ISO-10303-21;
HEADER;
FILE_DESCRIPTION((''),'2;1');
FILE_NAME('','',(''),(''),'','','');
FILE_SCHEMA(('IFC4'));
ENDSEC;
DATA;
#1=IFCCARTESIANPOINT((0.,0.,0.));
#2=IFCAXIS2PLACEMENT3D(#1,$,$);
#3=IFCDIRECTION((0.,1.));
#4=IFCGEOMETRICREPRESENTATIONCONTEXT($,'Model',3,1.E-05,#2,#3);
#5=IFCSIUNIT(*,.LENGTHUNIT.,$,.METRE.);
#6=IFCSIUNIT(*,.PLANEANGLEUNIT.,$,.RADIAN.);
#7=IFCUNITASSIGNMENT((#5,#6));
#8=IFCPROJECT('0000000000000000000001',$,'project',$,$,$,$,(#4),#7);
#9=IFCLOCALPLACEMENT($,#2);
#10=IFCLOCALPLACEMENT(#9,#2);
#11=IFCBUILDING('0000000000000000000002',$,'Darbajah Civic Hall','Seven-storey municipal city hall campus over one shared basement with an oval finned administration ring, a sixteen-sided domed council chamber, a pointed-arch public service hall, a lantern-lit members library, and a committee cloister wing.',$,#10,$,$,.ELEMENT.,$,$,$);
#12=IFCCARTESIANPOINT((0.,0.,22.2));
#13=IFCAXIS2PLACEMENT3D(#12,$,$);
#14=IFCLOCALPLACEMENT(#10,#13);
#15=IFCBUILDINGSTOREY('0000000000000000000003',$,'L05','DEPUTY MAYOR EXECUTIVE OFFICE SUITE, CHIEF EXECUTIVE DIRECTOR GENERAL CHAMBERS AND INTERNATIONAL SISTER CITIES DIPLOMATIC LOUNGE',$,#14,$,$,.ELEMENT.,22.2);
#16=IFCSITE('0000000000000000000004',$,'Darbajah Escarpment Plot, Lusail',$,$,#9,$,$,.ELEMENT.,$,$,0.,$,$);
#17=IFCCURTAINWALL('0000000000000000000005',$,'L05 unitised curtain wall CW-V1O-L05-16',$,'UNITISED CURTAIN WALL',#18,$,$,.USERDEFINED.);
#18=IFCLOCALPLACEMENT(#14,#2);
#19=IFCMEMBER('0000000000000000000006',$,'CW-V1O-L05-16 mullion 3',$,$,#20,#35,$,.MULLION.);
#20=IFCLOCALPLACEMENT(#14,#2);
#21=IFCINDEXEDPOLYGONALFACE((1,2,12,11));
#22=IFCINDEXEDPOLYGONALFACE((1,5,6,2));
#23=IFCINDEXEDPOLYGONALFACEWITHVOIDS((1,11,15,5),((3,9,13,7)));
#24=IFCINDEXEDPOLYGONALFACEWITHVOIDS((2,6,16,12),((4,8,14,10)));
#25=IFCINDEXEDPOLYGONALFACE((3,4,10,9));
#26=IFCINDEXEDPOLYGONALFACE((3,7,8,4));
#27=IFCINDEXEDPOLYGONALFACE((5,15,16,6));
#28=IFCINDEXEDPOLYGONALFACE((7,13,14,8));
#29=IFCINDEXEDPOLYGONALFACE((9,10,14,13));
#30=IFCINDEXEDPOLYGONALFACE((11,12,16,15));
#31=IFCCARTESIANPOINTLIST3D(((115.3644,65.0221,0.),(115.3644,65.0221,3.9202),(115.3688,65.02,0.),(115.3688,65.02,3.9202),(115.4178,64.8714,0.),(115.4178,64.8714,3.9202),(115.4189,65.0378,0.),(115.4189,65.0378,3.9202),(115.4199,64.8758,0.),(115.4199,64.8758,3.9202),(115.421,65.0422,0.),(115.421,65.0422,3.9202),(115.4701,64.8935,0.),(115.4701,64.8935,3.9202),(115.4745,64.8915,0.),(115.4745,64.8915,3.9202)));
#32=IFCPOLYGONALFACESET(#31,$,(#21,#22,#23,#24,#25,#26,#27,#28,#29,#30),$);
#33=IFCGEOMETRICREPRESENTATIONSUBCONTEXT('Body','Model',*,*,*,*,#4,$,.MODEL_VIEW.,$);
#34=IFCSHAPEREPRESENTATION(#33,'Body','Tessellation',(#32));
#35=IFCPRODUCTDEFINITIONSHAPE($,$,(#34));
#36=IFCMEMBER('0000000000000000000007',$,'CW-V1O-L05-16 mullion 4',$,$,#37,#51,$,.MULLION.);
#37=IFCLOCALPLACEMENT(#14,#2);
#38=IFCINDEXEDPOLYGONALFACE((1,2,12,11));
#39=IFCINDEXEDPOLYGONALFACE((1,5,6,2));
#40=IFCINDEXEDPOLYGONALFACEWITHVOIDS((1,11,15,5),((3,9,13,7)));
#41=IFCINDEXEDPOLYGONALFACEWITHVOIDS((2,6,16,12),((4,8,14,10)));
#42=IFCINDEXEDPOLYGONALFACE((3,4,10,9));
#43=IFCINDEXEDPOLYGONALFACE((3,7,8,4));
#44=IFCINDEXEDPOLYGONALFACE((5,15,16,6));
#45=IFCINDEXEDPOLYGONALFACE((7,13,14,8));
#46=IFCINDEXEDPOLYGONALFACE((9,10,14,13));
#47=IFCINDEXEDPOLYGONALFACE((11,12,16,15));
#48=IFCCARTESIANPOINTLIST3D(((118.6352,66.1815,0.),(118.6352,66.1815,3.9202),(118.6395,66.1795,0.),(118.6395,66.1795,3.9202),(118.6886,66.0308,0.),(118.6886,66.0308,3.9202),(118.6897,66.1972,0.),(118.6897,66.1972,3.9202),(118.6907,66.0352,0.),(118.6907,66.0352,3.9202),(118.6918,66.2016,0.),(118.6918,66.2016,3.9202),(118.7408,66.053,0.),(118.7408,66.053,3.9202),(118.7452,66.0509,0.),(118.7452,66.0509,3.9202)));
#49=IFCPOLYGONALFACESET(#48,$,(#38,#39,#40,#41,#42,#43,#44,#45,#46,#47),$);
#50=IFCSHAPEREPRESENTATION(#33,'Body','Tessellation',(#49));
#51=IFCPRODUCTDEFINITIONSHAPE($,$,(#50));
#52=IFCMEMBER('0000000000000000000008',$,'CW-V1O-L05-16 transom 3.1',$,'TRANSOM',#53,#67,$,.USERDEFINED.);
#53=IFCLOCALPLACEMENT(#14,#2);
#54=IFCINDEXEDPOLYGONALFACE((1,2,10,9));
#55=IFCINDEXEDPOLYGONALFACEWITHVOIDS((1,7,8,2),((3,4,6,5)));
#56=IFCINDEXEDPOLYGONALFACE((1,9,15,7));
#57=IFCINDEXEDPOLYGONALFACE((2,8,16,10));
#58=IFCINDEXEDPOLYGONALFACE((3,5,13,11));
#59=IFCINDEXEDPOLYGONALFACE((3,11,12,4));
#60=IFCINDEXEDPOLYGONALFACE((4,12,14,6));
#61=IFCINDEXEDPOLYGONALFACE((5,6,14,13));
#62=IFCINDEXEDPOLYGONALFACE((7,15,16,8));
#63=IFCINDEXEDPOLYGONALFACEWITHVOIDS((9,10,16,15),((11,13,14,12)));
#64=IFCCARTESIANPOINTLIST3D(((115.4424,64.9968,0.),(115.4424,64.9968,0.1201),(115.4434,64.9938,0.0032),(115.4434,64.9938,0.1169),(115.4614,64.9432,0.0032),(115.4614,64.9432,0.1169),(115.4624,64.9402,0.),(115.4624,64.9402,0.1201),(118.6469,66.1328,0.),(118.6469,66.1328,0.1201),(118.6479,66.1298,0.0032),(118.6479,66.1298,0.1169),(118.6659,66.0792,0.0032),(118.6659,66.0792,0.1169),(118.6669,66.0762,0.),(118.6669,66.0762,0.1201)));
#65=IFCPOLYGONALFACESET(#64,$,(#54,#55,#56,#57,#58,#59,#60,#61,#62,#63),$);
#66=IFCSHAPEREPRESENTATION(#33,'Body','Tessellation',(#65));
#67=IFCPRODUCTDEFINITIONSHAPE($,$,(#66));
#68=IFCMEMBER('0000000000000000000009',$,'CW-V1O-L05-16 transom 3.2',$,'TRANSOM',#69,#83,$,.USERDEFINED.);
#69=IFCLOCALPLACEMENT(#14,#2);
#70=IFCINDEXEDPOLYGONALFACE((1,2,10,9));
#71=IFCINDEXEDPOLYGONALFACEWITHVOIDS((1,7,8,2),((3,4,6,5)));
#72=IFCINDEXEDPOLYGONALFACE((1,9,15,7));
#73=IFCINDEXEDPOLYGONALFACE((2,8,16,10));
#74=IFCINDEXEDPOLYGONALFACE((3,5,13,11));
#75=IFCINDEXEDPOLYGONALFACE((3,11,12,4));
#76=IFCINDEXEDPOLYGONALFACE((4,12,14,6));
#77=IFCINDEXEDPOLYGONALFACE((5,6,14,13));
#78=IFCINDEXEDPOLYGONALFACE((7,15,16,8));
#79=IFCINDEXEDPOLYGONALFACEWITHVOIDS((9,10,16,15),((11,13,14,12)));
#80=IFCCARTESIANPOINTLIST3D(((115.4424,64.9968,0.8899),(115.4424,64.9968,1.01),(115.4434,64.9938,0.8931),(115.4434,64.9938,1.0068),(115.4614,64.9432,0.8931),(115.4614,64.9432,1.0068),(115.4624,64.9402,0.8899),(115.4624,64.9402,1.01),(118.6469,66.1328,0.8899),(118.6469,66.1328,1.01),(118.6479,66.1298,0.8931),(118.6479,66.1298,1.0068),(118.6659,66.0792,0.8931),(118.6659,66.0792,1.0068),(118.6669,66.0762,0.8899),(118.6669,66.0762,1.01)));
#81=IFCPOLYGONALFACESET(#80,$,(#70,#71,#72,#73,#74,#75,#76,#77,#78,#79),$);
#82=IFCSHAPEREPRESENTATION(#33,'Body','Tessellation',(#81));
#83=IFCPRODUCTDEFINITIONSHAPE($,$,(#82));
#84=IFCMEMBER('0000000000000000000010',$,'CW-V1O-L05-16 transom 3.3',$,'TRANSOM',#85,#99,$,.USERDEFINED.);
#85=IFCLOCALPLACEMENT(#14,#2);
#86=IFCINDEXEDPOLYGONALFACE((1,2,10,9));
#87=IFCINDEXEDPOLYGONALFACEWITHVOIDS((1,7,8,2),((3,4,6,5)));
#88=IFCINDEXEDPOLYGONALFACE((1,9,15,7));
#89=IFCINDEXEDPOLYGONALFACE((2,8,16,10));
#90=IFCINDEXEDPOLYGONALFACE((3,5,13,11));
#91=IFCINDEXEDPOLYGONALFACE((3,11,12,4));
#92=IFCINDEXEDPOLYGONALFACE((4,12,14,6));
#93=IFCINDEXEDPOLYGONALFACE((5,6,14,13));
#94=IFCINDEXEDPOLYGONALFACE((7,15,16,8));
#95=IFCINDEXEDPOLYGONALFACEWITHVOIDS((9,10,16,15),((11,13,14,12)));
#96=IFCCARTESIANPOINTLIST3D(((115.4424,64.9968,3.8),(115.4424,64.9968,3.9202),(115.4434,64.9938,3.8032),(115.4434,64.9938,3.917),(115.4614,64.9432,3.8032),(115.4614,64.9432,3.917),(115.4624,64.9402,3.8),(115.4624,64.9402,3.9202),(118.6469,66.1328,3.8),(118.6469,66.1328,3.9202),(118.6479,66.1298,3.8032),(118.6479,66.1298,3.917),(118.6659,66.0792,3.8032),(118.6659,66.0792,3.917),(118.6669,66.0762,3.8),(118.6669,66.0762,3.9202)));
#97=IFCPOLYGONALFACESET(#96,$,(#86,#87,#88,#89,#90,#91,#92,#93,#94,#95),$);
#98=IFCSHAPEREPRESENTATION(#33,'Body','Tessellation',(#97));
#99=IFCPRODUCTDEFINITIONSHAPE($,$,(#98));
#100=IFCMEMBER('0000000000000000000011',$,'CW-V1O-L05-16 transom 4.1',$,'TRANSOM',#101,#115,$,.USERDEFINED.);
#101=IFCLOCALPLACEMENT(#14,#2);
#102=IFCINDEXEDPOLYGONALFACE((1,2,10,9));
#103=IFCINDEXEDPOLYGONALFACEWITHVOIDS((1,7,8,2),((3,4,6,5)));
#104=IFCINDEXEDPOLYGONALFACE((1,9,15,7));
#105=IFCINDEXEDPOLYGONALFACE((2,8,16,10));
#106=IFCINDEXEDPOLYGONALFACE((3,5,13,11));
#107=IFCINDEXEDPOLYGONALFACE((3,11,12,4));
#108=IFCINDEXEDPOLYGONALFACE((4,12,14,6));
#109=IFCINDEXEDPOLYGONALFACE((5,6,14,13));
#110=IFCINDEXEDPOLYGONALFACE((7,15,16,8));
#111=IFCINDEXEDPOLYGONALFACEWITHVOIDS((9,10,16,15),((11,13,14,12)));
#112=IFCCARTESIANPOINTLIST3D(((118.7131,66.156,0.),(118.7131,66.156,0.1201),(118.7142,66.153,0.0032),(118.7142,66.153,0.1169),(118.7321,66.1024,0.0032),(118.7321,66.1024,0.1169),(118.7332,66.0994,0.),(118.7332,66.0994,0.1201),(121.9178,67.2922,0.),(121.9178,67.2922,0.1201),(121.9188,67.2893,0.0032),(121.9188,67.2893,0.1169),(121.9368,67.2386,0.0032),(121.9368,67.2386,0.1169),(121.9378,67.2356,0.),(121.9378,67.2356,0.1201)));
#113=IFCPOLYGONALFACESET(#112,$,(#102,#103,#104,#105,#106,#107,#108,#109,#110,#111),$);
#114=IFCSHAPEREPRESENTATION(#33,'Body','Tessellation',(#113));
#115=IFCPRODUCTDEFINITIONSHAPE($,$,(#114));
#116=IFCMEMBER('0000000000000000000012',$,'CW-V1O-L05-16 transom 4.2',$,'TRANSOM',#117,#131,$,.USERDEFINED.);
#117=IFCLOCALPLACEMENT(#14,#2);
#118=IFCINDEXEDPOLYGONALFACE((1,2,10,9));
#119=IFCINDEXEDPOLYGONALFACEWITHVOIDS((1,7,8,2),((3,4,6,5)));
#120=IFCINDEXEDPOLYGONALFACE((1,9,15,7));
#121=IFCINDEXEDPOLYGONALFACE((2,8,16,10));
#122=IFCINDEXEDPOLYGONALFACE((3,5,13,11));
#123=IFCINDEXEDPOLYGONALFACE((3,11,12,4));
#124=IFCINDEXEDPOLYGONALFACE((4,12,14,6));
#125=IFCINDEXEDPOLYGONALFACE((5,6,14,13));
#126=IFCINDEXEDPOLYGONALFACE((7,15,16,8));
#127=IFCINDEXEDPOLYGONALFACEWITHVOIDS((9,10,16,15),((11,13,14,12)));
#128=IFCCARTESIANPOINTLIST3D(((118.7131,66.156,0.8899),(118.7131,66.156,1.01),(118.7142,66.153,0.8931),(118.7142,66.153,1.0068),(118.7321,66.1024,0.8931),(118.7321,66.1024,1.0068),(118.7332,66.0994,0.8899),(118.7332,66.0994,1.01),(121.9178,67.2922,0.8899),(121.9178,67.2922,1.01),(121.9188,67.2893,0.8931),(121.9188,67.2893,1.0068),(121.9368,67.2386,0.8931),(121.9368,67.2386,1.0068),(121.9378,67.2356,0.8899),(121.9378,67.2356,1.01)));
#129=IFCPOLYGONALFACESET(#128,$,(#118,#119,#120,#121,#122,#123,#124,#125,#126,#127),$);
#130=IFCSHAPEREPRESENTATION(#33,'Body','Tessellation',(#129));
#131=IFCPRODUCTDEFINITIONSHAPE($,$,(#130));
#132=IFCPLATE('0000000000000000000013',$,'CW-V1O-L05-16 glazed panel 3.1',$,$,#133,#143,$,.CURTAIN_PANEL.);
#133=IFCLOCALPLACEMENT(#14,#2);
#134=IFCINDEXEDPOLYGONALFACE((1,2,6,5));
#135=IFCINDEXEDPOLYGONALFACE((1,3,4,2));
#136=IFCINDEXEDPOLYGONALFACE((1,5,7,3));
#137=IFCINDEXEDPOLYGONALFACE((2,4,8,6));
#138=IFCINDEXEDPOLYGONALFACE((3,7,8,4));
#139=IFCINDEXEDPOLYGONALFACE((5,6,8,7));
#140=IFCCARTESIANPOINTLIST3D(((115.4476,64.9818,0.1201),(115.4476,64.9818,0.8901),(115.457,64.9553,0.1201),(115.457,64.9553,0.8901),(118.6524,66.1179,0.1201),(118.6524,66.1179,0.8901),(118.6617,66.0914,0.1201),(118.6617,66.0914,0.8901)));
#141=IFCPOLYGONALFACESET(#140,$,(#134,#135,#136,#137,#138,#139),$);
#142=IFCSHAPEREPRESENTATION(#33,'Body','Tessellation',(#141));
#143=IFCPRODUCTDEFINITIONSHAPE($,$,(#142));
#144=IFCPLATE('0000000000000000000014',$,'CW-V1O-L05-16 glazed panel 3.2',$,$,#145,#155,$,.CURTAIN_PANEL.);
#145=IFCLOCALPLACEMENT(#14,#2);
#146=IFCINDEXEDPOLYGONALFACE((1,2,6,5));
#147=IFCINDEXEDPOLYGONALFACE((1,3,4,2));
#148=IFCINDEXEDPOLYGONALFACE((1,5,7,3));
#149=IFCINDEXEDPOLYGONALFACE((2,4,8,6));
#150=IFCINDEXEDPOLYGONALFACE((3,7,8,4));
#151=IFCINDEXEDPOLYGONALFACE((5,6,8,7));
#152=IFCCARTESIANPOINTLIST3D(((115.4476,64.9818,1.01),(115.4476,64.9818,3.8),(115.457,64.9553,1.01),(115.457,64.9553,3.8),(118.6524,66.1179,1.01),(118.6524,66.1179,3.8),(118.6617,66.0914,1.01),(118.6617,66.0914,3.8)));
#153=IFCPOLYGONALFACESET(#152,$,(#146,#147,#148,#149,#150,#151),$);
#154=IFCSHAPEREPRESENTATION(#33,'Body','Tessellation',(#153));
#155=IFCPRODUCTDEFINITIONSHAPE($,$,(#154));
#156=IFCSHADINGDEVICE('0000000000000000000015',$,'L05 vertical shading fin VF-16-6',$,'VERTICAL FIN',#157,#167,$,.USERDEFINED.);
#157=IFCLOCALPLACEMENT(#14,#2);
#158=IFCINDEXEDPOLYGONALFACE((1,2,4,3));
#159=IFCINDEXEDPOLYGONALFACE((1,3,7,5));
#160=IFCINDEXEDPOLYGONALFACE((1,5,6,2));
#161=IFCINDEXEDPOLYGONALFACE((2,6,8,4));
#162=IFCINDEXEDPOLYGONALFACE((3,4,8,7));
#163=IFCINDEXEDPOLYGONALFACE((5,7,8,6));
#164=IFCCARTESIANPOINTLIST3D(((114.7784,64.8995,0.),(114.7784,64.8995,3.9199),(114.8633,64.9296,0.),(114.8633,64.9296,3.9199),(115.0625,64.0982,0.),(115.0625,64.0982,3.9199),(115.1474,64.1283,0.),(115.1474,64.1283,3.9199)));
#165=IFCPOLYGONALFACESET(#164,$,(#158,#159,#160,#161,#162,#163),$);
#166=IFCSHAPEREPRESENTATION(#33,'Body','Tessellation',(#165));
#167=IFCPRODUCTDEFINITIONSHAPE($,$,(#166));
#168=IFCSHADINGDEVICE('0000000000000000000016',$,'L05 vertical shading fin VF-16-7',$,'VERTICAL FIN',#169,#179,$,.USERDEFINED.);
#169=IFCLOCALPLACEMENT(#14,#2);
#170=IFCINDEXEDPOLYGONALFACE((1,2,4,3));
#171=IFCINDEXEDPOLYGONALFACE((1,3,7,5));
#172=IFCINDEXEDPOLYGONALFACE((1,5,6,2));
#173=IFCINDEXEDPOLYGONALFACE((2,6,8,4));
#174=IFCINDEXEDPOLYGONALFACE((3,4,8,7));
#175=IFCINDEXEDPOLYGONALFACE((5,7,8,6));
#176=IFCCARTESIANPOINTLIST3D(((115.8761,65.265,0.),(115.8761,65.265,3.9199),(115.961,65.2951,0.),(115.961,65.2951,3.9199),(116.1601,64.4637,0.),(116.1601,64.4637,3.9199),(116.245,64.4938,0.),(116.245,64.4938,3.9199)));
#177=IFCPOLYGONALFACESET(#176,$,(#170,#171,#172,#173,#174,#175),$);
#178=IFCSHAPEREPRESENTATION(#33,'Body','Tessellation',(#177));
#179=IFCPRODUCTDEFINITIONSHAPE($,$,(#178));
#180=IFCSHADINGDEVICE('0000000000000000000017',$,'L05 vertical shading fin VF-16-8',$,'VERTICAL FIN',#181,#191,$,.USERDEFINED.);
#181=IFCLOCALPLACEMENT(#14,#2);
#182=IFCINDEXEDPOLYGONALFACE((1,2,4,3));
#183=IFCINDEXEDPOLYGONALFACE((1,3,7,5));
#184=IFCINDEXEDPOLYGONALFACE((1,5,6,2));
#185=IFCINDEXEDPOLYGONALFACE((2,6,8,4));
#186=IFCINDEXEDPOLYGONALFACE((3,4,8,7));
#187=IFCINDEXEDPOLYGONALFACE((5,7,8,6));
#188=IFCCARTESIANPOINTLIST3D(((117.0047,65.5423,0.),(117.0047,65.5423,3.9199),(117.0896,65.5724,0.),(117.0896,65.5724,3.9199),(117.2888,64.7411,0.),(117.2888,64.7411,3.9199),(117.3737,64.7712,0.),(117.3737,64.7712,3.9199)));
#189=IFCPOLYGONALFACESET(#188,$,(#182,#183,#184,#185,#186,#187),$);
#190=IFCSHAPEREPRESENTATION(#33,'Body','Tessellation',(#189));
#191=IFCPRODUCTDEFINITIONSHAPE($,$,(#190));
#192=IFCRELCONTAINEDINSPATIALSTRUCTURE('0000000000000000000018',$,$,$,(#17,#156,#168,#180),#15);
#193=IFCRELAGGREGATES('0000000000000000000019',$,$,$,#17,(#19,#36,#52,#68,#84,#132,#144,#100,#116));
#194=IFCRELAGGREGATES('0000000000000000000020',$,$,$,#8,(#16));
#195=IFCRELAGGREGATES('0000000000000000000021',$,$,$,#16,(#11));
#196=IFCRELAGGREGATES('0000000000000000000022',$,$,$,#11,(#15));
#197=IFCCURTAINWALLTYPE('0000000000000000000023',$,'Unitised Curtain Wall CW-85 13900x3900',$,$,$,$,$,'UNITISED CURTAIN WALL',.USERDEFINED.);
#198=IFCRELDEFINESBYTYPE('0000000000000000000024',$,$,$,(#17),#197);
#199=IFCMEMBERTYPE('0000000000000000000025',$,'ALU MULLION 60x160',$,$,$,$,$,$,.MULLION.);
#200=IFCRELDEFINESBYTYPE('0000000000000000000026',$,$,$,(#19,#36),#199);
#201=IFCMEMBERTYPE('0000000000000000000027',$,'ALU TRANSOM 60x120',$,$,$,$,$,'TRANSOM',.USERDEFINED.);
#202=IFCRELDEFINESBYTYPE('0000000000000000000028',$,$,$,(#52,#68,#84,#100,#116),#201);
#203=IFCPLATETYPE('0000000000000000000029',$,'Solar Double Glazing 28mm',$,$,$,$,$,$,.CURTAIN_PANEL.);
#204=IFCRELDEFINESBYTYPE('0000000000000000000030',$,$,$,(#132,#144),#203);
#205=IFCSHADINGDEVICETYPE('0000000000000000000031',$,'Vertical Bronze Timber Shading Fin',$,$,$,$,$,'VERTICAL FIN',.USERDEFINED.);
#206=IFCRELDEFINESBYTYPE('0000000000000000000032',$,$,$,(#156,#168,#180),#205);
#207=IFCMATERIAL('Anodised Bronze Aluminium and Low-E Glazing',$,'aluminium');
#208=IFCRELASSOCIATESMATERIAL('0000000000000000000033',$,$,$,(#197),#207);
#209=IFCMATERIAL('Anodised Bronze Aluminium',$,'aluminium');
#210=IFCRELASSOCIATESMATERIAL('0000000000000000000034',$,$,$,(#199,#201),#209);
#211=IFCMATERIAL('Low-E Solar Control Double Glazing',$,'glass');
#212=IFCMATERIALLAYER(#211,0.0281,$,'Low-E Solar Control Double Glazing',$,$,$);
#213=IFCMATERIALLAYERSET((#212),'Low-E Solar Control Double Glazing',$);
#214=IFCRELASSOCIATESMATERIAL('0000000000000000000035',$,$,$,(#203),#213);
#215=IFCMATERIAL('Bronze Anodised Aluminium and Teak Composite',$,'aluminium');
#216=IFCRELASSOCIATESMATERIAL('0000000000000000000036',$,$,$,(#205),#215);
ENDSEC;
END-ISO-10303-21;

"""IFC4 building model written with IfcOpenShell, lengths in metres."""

from ifc_helpers import new_model, si_unit, direction, frame, origin, origin_2d, place, context, subcontext, project, spatial, rectangle, hollow_rectangle, extrude, material, layer, layer_set, material_profile, profile_set, type_object, element, aggregate, save


model = new_model("IFC4")

# Units and contexts
model_context = context("Model", 3, precision=1e-05, world=origin(), true_north=direction((0.0, 1.0)))
body_context = subcontext(model_context, "Body", "Model", "MODEL_VIEW")
ifc_project = project(units=[si_unit("LENGTHUNIT", "METRE"), si_unit("PLANEANGLEUNIT", "RADIAN")], contexts=[model_context])

# Site, building, storey
site_placement = place(None, origin())
site = spatial("IfcSite", under=ifc_project, at=site_placement, Name="Darbajah Escarpment Plot, Lusail", CompositionType="ELEMENT", RefElevation=0.0)
building_placement = place(site_placement, origin())
building = spatial("IfcBuilding", under=site, at=building_placement, Name="Darbajah Civic Hall", Description="Seven-storey municipal city hall campus over one shared basement with an oval finned administration ring, a sixteen-sided domed council chamber, a pointed-arch public service hall, a lantern-lit members library, and a committee cloister wing.", CompositionType="ELEMENT")
storey_placement = place(building_placement, frame((0.0, 0.0, 22.2)))
storey = spatial("IfcBuildingStorey", under=building, at=storey_placement, Name="L05", Description="DEPUTY MAYOR EXECUTIVE OFFICE SUITE, CHIEF EXECUTIVE DIRECTOR GENERAL CHAMBERS AND INTERNATIONAL SISTER CITIES DIPLOMATIC LOUNGE", CompositionType="ELEMENT", Elevation=22.2)

# Curtain wall, members, plates
ifc_material_1 = material(Name="Anodised Bronze Aluminium and Low-E Glazing", Category="aluminium")
curtain_wall_type = type_object("IfcCurtainWallType", Name="Unitised Curtain Wall CW-85 13900x3900", ElementType="UNITISED CURTAIN WALL", PredefinedType="USERDEFINED", material=ifc_material_1)
curtain_wall_placement = place(storey_placement, origin())
curtain_wall = element("IfcCurtainWall", 1, at=curtain_wall_placement, inside=storey, type_object=curtain_wall_type, Name="L05 unitised curtain wall CW-V1O-L05-16", ObjectType="UNITISED CURTAIN WALL", PredefinedType="USERDEFINED")
ifc_material_2 = material(Name="Anodised Bronze Aluminium", Category="aluminium")
ifc_material_profile_1 = material_profile(ifc_material_2, hollow_rectangle(XDim=0.0601, YDim=0.1599, WallThickness=0.0034, at=origin_2d()), Name="ALU MULLION 60x160")
ifc_profile_set_1 = profile_set([ifc_material_profile_1], Name="Anodised Bronze Aluminium")
member_type_1 = type_object("IfcMemberType", Name="ALU MULLION 60x160", PredefinedType="MULLION", material=ifc_profile_set_1)
member_1_placement = place(storey_placement, frame((115.4194, 64.9568, 0.0), z_axis=(0.0, 0.0, 1.0), x_axis=(0.942525, 0.334136, 0.0)))
member_1 = element("IfcMember", 2, at=member_1_placement, type_object=member_type_1, Name="CW-V1O-L05-16 mullion 3", PredefinedType="MULLION", context=body_context, shape_type="SweptSolid", body=[
    extrude(hollow_rectangle(XDim=0.0601, YDim=0.1599, WallThickness=0.0034, at=origin_2d()), origin(), (0.0, 0.0, 1.0), 3.9202),
])
member_2_placement = place(storey_placement, frame((118.6902, 66.1162, 0.0), z_axis=(0.0, 0.0, 1.0), x_axis=(0.942525, 0.334136, 0.0)))
member_2 = element("IfcMember", 3, at=member_2_placement, type_object=member_type_1, Name="CW-V1O-L05-16 mullion 4", PredefinedType="MULLION", context=body_context, shape_type="SweptSolid", body=[
    extrude(hollow_rectangle(XDim=0.0601, YDim=0.1599, WallThickness=0.0034, at=origin_2d()), origin(), (0.0, 0.0, 1.0), 3.9202),
])
ifc_material_profile_2 = material_profile(ifc_material_2, hollow_rectangle(XDim=0.0601, YDim=0.1201, WallThickness=0.0032, at=origin_2d()), Name="ALU TRANSOM 60x120")
ifc_profile_set_2 = profile_set([ifc_material_profile_2], Name="Anodised Bronze Aluminium")
member_type_2 = type_object("IfcMemberType", Name="ALU TRANSOM 60x120", ElementType="TRANSOM", PredefinedType="USERDEFINED", material=ifc_profile_set_2)
member_3_placement = place(storey_placement, frame((115.4524, 64.9685, 0.0601), z_axis=(0.942532, 0.334116, 0.0), x_axis=(-0.334116, 0.942532, 0.0)))
member_3 = element("IfcMember", 4, at=member_3_placement, type_object=member_type_2, Name="CW-V1O-L05-16 transom 3.1", ObjectType="TRANSOM", PredefinedType="USERDEFINED", context=body_context, shape_type="SweptSolid", body=[
    extrude(hollow_rectangle(XDim=0.0601, YDim=0.1201, WallThickness=0.0032, at=origin_2d()), origin(), (0.0, 0.0, 1.0), 3.3999),
])
member_4_placement = place(storey_placement, frame((115.4524, 64.9685, 0.95), z_axis=(0.942532, 0.334116, 0.0), x_axis=(-0.334116, 0.942532, 0.0)))
member_4 = element("IfcMember", 5, at=member_4_placement, type_object=member_type_2, Name="CW-V1O-L05-16 transom 3.2", ObjectType="TRANSOM", PredefinedType="USERDEFINED", context=body_context, shape_type="SweptSolid", body=[
    extrude(hollow_rectangle(XDim=0.0601, YDim=0.1201, WallThickness=0.0032, at=origin_2d()), origin(), (0.0, 0.0, 1.0), 3.3999),
])
member_5_placement = place(storey_placement, frame((115.4524, 64.9685, 3.8601), z_axis=(0.942532, 0.334116, 0.0), x_axis=(-0.334116, 0.942532, 0.0)))
member_5 = element("IfcMember", 6, at=member_5_placement, type_object=member_type_2, Name="CW-V1O-L05-16 transom 3.3", ObjectType="TRANSOM", PredefinedType="USERDEFINED", context=body_context, shape_type="SweptSolid", body=[
    extrude(hollow_rectangle(XDim=0.0601, YDim=0.1201, WallThickness=0.0032, at=origin_2d()), origin(), (0.0, 0.0, 1.0), 3.3999),
])
member_6_placement = place(storey_placement, frame((118.7231, 66.1277, 0.0601), z_axis=(0.942509, 0.334179, 0.0), x_axis=(-0.334179, 0.942509, 0.0)))
member_6 = element("IfcMember", 7, at=member_6_placement, type_object=member_type_2, Name="CW-V1O-L05-16 transom 4.1", ObjectType="TRANSOM", PredefinedType="USERDEFINED", context=body_context, shape_type="SweptSolid", body=[
    extrude(hollow_rectangle(XDim=0.0601, YDim=0.1201, WallThickness=0.0032, at=origin_2d()), origin(), (0.0, 0.0, 1.0), 3.4001),
])
member_7_placement = place(storey_placement, frame((118.7231, 66.1277, 0.95), z_axis=(0.942509, 0.334179, 0.0), x_axis=(-0.334179, 0.942509, 0.0)))
member_7 = element("IfcMember", 8, at=member_7_placement, type_object=member_type_2, Name="CW-V1O-L05-16 transom 4.2", ObjectType="TRANSOM", PredefinedType="USERDEFINED", context=body_context, shape_type="SweptSolid", body=[
    extrude(hollow_rectangle(XDim=0.0601, YDim=0.1201, WallThickness=0.0032, at=origin_2d()), origin(), (0.0, 0.0, 1.0), 3.4001),
])
ifc_material_3 = material(Name="Low-E Solar Control Double Glazing", Category="glass")
ifc_layer = layer(ifc_material_3, 0.0281, Name="Low-E Solar Control Double Glazing")
ifc_layer_set = layer_set([ifc_layer], Name="Low-E Solar Control Double Glazing")
plate_type = type_object("IfcPlateType", Name="Solar Double Glazing 28mm", PredefinedType="CURTAIN_PANEL", material=ifc_layer_set)
plate_1_placement = place(storey_placement, frame((117.0547, 65.5366, 0.1201), z_axis=(0.0, 0.0, 1.0), x_axis=(0.942525, 0.334136, 0.0)))
plate_1 = element("IfcPlate", 9, at=plate_1_placement, type_object=plate_type, Name="CW-V1O-L05-16 glazed panel 3.1", PredefinedType="CURTAIN_PANEL", context=body_context, shape_type="SweptSolid", body=[
    extrude(rectangle(XDim=3.4001, YDim=0.0281, at=origin_2d()), origin(), (0.0, 0.0, 1.0), 0.77),
])
plate_2_placement = place(storey_placement, frame((117.0547, 65.5366, 1.01), z_axis=(0.0, 0.0, 1.0), x_axis=(0.942525, 0.334136, 0.0)))
plate_2 = element("IfcPlate", 10, at=plate_2_placement, type_object=plate_type, Name="CW-V1O-L05-16 glazed panel 3.2", PredefinedType="CURTAIN_PANEL", context=body_context, shape_type="SweptSolid", body=[
    extrude(rectangle(XDim=3.4001, YDim=0.0281, at=origin_2d()), origin(), (0.0, 0.0, 1.0), 2.79),
])
aggregate(curtain_wall, [member_1, member_2, member_3, member_4, member_5, plate_1, plate_2, member_6, member_7])

# Shading devices
ifc_material_4 = material(Name="Bronze Anodised Aluminium and Teak Composite", Category="aluminium")
shading_device_type = type_object("IfcShadingDeviceType", Name="Vertical Bronze Timber Shading Fin", ElementType="VERTICAL FIN", PredefinedType="USERDEFINED", material=ifc_material_4)
for number, where, z_axis, x_axis, name in (
    (11, (114.9629, 64.5139, 0.0), (0.0, 0.0, 1.0), (0.334136, -0.942525, 0.0), "L05 vertical shading fin VF-16-6"),
    (12, (116.0605, 64.8794, 0.0), (0.0, 0.0, 1.0), (0.334136, -0.942525, 0.0), "L05 vertical shading fin VF-16-7"),
    (13, (117.1892, 65.1567, 0.0), (0.0, 0.0, 1.0), (0.334136, -0.942525, 0.0), "L05 vertical shading fin VF-16-8"),
):
    element("IfcShadingDevice", number, at=place(storey_placement, frame(where, z_axis=z_axis, x_axis=x_axis)), inside=storey, type_object=shading_device_type, Name=name, ObjectType="VERTICAL FIN", PredefinedType="USERDEFINED", context=body_context, shape_type="SweptSolid", body=[
        extrude(rectangle(XDim=0.8501, YDim=0.0901, at=origin_2d()), origin(), (0.0, 0.0, 1.0), 3.9199),
    ])

save(model, "model.ifc")
